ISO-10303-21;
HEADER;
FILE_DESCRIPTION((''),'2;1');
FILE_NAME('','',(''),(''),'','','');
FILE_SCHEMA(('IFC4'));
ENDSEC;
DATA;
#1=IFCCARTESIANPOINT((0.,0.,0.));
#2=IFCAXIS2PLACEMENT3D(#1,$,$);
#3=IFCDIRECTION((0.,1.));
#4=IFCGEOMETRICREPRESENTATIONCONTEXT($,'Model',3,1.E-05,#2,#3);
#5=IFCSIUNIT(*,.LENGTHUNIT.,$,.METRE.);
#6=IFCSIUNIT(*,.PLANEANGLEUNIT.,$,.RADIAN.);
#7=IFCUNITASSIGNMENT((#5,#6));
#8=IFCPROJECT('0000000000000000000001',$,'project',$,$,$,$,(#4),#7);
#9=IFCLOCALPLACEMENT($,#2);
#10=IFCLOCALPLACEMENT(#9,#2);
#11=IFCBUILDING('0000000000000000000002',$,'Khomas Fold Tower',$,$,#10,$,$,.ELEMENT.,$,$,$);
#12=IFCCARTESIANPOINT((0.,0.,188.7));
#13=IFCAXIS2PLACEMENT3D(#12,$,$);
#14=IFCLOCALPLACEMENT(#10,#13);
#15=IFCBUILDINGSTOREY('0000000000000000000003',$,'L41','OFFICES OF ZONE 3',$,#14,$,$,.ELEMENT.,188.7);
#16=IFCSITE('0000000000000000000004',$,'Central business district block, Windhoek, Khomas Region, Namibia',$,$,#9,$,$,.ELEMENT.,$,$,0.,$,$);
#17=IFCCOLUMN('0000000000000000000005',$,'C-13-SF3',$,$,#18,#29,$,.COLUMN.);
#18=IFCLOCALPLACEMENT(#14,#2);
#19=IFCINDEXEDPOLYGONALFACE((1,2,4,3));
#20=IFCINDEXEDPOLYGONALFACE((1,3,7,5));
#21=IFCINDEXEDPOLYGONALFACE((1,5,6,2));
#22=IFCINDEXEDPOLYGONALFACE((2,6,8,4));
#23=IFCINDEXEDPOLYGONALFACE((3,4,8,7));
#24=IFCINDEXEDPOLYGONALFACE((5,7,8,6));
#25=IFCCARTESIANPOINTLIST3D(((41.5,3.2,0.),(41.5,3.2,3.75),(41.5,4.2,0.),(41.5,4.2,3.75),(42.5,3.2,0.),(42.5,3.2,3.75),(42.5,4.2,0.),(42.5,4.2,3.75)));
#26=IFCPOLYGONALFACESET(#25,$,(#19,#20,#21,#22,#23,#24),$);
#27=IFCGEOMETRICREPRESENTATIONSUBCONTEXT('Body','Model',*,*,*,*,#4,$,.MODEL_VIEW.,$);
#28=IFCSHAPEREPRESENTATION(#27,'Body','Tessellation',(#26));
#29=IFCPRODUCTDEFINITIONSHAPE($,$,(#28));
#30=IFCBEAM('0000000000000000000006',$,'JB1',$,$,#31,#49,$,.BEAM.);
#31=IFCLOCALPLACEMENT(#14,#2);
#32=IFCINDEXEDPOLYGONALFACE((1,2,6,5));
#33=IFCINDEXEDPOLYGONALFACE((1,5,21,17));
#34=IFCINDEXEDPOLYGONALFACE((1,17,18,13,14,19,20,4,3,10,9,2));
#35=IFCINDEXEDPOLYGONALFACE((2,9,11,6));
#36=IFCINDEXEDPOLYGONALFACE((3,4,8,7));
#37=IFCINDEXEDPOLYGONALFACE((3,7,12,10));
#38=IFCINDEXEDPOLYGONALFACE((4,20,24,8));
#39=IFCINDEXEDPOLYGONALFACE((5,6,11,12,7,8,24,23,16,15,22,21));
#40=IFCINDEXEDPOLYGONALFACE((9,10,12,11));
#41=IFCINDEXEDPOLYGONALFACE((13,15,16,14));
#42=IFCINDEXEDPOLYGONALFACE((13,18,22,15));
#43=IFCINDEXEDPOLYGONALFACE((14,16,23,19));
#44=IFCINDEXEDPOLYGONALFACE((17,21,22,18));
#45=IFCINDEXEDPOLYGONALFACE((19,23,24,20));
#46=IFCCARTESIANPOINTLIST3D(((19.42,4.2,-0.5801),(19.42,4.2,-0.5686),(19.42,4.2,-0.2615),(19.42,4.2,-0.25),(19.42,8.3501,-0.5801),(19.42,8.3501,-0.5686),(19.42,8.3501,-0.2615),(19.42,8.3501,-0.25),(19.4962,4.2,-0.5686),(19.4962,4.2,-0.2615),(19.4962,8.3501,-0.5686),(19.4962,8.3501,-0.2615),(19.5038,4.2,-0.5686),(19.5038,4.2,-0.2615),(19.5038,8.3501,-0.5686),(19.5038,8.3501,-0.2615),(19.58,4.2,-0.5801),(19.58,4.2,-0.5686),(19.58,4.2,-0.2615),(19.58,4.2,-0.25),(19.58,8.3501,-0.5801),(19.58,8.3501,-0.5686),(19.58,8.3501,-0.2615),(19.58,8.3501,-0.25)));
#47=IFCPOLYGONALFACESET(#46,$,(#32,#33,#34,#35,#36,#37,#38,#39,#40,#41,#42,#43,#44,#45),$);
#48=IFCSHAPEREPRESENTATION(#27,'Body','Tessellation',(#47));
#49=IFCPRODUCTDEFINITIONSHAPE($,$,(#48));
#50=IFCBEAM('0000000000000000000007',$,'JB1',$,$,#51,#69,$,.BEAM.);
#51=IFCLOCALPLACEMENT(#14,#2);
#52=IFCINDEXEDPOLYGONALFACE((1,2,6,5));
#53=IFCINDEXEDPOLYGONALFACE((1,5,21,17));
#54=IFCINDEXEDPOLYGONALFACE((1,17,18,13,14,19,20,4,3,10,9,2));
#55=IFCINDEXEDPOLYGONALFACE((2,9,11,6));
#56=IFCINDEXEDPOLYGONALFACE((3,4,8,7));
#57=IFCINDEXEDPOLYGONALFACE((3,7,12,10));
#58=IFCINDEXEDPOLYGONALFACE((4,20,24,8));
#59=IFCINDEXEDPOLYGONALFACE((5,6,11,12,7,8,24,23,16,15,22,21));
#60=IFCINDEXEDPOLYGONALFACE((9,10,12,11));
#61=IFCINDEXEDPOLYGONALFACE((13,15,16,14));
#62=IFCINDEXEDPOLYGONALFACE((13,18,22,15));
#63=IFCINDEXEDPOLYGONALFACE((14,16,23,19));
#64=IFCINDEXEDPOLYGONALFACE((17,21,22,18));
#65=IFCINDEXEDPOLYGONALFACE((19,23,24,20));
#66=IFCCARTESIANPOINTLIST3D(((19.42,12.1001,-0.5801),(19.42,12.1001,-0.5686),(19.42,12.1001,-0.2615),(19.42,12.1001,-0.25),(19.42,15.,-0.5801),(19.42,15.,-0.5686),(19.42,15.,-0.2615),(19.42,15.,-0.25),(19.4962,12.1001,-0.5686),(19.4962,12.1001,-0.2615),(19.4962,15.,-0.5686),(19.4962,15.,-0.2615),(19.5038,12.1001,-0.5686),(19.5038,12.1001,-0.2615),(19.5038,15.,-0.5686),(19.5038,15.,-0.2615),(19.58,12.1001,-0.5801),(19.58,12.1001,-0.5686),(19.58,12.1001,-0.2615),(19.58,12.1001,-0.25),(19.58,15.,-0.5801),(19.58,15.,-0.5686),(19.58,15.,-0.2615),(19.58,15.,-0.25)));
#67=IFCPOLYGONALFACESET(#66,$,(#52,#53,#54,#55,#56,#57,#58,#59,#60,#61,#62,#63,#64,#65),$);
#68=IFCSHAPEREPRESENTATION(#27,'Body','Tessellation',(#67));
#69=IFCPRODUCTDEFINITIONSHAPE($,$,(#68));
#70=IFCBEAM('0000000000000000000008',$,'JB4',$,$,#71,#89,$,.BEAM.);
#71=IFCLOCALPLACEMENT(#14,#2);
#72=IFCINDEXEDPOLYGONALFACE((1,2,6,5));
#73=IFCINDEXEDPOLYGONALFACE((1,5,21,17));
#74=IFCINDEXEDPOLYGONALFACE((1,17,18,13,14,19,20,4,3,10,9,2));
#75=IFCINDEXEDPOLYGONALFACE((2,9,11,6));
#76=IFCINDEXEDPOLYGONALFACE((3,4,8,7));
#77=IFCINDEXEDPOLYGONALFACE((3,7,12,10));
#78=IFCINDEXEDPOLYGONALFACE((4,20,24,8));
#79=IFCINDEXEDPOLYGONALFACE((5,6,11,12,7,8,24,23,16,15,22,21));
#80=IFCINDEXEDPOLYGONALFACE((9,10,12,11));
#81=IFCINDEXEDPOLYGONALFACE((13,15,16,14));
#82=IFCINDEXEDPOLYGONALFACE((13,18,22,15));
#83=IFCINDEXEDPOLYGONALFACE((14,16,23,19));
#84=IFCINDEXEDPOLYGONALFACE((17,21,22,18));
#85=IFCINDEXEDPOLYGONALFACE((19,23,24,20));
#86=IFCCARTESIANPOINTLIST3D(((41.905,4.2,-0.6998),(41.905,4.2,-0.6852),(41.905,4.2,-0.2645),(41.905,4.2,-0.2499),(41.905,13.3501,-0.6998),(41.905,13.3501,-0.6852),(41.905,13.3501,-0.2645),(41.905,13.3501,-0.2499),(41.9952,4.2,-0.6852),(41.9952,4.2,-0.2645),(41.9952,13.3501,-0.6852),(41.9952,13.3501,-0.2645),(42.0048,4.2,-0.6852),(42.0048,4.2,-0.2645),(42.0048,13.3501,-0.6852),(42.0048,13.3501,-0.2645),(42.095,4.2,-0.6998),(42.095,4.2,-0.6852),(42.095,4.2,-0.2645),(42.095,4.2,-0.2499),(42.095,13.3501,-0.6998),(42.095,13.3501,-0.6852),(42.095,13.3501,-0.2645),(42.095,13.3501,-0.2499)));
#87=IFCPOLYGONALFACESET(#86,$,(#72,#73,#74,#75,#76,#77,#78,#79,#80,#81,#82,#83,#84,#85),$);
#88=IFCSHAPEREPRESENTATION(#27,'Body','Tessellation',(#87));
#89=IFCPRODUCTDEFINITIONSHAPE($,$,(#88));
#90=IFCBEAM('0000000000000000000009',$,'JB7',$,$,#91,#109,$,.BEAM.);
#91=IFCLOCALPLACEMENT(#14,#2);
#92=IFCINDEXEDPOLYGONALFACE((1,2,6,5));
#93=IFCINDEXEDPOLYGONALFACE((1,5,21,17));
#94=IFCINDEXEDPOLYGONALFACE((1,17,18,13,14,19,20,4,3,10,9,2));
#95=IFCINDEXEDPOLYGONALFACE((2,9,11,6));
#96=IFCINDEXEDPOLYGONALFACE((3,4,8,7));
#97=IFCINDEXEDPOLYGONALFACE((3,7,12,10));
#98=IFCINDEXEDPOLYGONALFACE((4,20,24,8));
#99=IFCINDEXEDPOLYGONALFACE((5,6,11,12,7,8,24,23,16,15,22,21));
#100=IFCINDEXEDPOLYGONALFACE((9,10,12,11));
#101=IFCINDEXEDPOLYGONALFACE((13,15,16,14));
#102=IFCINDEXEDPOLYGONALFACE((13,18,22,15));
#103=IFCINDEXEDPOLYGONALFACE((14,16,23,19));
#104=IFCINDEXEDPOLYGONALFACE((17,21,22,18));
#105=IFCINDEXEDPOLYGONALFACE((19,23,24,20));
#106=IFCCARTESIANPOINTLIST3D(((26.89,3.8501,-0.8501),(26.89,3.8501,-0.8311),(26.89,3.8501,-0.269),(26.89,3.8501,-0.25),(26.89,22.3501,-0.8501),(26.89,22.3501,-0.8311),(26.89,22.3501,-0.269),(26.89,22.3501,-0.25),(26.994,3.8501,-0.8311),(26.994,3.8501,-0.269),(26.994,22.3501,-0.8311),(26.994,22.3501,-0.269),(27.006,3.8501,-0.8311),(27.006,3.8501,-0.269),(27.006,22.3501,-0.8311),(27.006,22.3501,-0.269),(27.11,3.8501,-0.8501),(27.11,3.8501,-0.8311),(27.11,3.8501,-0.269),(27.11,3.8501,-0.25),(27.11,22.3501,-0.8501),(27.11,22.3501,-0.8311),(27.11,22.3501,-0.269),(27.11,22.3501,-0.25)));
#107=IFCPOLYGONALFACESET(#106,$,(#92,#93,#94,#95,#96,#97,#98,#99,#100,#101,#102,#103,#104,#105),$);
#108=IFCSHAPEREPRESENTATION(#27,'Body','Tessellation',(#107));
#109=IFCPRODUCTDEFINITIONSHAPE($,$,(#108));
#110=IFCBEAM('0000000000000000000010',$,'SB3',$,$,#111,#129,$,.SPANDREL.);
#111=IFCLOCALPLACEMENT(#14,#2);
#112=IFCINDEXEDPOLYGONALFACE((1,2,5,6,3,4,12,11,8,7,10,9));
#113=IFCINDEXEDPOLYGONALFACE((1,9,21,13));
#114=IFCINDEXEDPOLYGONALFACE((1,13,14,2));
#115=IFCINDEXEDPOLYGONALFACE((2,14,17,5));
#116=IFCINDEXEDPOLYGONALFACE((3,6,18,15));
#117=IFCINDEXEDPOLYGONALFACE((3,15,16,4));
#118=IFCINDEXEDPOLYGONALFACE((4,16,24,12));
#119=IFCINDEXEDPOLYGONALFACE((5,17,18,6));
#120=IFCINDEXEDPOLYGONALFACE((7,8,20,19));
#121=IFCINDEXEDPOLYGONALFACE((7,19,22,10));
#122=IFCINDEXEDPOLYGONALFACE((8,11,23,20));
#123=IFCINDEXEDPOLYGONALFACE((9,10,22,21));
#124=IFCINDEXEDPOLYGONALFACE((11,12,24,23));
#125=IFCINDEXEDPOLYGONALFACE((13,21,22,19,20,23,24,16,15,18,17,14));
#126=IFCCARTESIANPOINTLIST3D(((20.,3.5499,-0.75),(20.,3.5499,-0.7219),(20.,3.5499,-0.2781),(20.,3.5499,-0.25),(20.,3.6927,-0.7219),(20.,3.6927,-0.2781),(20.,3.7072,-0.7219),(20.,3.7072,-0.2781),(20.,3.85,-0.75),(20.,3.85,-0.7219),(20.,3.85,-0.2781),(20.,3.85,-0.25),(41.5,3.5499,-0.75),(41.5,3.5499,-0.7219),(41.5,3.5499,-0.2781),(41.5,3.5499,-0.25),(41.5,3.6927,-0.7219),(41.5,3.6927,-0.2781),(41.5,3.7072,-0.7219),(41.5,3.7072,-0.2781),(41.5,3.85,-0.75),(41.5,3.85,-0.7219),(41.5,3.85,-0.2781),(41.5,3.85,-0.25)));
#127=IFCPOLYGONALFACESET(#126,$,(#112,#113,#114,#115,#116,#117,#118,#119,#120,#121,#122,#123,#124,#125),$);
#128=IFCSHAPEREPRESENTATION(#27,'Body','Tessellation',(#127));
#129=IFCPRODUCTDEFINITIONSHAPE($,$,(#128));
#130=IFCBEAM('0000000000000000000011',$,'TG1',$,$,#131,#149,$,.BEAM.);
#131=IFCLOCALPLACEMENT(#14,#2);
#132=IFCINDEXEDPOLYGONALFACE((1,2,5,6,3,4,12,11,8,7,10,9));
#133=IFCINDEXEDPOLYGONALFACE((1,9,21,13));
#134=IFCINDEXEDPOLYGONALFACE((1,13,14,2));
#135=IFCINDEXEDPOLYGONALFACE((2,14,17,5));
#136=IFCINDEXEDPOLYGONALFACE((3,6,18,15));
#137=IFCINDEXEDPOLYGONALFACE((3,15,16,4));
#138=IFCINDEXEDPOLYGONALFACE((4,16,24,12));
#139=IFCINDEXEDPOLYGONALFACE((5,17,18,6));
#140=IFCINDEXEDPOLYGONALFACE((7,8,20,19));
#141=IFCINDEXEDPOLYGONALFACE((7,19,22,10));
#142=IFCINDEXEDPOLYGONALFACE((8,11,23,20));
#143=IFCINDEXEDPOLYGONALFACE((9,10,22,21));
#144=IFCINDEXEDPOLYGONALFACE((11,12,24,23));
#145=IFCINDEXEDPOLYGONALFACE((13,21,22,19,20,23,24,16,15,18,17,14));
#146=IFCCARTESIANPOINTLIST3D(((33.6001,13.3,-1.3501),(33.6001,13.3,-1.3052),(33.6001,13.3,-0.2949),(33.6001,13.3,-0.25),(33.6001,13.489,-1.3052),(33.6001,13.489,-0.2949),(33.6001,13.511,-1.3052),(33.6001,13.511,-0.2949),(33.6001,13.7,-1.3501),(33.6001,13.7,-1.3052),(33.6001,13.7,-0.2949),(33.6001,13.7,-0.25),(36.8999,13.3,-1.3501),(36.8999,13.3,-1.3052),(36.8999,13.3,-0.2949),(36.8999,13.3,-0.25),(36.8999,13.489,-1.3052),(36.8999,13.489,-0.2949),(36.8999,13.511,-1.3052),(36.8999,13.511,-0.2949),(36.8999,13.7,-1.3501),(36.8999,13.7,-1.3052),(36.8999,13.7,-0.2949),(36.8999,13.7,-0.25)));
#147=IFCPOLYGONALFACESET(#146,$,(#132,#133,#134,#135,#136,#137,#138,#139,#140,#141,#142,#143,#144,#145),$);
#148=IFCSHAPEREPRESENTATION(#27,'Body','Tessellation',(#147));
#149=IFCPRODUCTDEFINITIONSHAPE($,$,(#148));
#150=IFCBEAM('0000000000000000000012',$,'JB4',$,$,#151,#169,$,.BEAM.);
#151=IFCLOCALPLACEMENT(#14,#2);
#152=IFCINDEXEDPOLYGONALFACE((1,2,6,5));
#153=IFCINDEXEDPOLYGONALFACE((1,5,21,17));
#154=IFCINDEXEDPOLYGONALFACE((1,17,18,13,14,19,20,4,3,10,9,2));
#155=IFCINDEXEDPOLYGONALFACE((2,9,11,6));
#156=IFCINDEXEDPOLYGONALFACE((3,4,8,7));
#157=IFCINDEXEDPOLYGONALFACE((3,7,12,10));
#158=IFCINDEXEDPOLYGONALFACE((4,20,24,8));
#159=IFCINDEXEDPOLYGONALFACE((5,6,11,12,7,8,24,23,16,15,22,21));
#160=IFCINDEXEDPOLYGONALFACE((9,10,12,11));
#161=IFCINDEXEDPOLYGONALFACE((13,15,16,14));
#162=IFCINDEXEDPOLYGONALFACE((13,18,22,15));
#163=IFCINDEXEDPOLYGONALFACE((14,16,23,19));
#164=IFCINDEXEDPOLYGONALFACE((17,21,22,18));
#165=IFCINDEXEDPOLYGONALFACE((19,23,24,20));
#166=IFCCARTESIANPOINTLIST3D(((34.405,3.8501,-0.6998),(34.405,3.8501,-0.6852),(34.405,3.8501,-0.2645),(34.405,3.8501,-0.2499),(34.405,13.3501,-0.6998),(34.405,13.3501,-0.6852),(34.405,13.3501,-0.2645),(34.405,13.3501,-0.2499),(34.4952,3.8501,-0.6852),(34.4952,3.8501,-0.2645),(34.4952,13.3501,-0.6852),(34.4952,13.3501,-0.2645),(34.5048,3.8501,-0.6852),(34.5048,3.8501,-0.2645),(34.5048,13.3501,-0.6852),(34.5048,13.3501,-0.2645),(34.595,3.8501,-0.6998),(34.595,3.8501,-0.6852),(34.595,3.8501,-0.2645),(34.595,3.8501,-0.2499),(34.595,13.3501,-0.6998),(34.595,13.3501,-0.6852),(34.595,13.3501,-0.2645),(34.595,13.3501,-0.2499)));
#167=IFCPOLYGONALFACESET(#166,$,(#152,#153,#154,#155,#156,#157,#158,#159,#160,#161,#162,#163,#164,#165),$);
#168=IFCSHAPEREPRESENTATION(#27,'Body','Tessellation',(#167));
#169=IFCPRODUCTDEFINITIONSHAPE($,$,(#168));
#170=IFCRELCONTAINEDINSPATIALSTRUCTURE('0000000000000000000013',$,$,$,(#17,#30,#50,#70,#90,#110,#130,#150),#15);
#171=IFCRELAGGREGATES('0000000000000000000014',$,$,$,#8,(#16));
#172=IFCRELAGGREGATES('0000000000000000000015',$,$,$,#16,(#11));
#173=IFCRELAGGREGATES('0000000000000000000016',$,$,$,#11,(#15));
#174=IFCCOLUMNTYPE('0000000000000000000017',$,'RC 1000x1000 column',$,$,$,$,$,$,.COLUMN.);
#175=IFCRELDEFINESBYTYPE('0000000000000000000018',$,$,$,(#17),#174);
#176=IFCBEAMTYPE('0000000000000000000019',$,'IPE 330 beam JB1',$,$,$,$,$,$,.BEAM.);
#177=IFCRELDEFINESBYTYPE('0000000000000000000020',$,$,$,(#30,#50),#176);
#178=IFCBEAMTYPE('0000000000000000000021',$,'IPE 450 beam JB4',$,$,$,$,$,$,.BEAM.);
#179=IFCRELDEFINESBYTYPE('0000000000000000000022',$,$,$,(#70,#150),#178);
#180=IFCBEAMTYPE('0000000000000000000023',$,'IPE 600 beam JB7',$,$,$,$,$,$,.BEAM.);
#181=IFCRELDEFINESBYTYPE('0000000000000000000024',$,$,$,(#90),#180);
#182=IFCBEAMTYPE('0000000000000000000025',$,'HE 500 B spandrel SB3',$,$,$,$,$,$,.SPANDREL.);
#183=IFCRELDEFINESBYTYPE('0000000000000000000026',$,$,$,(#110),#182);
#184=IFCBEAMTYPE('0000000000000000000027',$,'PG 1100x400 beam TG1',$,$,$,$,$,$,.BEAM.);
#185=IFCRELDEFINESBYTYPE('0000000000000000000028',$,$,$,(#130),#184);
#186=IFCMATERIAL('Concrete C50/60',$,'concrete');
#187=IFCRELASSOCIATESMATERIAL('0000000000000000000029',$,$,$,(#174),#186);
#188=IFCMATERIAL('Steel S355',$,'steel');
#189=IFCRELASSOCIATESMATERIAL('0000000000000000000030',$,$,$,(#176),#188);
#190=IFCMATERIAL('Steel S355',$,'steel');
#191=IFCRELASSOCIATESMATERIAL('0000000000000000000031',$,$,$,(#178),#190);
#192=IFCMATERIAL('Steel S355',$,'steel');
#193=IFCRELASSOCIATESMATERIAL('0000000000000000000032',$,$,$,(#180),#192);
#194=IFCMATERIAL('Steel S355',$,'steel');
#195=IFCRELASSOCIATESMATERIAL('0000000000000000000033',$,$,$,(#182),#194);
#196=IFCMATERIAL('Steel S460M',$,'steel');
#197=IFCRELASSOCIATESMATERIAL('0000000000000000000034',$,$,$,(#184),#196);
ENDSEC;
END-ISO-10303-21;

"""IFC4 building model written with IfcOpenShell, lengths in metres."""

from ifc_helpers import new_model, si_unit, direction, frame, origin, origin_2d, place, context, subcontext, project, spatial, rectangle, i_section, extrude, source, transform, mapped, material, material_profile, profile_set, type_object, element, save


model = new_model("IFC4")

# Units and contexts
model_context = context("Model", 3, precision=1e-05, world=origin(), true_north=direction((0.0, 1.0)))
body_context = subcontext(model_context, "Body", "Model", "MODEL_VIEW")
ifc_project = project(units=[si_unit("LENGTHUNIT", "METRE"), si_unit("PLANEANGLEUNIT", "RADIAN")], contexts=[model_context])

# Site, building, storey
site_placement = place(None, origin())
site = spatial("IfcSite", under=ifc_project, at=site_placement, Name="Central business district block, Windhoek, Khomas Region, Namibia", CompositionType="ELEMENT", RefElevation=0.0)
building_placement = place(site_placement, origin())
building = spatial("IfcBuilding", under=site, at=building_placement, Name="Khomas Fold Tower", CompositionType="ELEMENT")
storey_placement = place(building_placement, frame((0.0, 0.0, 188.7)))
storey = spatial("IfcBuildingStorey", under=building, at=storey_placement, Name="L41", Description="OFFICES OF ZONE 3", CompositionType="ELEMENT", Elevation=188.7)

# Column
ifc_material_1 = material(Name="Concrete C50/60", Category="concrete")
ifc_material_profile_1 = material_profile(ifc_material_1, rectangle(XDim=1.0, YDim=1.0, at=origin_2d()), Name="RC 1000x1000")
ifc_profile_set_1 = profile_set([ifc_material_profile_1], Name="Concrete C50/60")
column_type = type_object("IfcColumnType", Name="RC 1000x1000 column", PredefinedType="COLUMN", material=ifc_profile_set_1)
shared_shape_1 = source(origin(), body_context, "Body", "SweptSolid", [
    extrude(rectangle(XDim=1.0, YDim=1.0, at=origin_2d()), origin(), (0.0, 0.0, 1.0), 3.75),
])
column_placement = place(storey_placement, frame((42.0, 3.7, 0.0), z_axis=(0.0, 0.0, 1.0), x_axis=(1.0, 0.0, 0.0)))
element("IfcColumn", 1, at=column_placement, inside=storey, type_object=column_type, Name="C-13-SF3", PredefinedType="COLUMN", context=body_context, shape_type="MappedRepresentation", body=[
    mapped(shared_shape_1, transform((0.0, 0.0, 0.0))),
])

# Beams
ifc_material_2 = material(Name="Steel S355", Category="steel")
ifc_material_profile_2 = material_profile(ifc_material_2, i_section(OverallWidth=0.1599, OverallDepth=0.3301, WebThickness=0.0076, FlangeThickness=0.0115, at=origin_2d()), Name="IPE 330")
ifc_profile_set_2 = profile_set([ifc_material_profile_2], Name="Steel S355")
beam_type_1 = type_object("IfcBeamType", Name="IPE 330 beam JB1", PredefinedType="BEAM", material=ifc_profile_set_2)
shared_shape_2 = source(origin(), body_context, "Body", "SweptSolid", [
    extrude(i_section(OverallWidth=0.1599, OverallDepth=0.3301, WebThickness=0.0076, FlangeThickness=0.0115, at=origin_2d()), origin(), (0.0, 0.0, 1.0), 4.1501),
])
beam_1_placement = place(storey_placement, frame((19.5, 4.2, -0.415), z_axis=(0.0, 1.0, 0.0), x_axis=(-1.0, 0.0, 0.0)))
element("IfcBeam", 2, at=beam_1_placement, inside=storey, type_object=beam_type_1, Name="JB1", PredefinedType="BEAM", context=body_context, shape_type="MappedRepresentation", body=[
    mapped(shared_shape_2, transform((0.0, 0.0, 0.0))),
])
shared_shape_3 = source(origin(), body_context, "Body", "SweptSolid", [
    extrude(i_section(OverallWidth=0.1599, OverallDepth=0.3301, WebThickness=0.0076, FlangeThickness=0.0115, at=origin_2d()), origin(), (0.0, 0.0, 1.0), 2.8999),
])
beam_2_placement = place(storey_placement, frame((19.5, 12.1001, -0.415), z_axis=(0.0, 1.0, 0.0), x_axis=(-1.0, 0.0, 0.0)))
element("IfcBeam", 3, at=beam_2_placement, inside=storey, type_object=beam_type_1, Name="JB1", PredefinedType="BEAM", context=body_context, shape_type="MappedRepresentation", body=[
    mapped(shared_shape_3, transform((0.0, 0.0, 0.0))),
])
ifc_material_3 = material(Name="Steel S355", Category="steel")
ifc_material_profile_3 = material_profile(ifc_material_3, i_section(OverallWidth=0.1899, OverallDepth=0.45, WebThickness=0.0095, FlangeThickness=0.0146, at=origin_2d()), Name="IPE 450")
ifc_profile_set_3 = profile_set([ifc_material_profile_3], Name="Steel S355")
beam_type_2 = type_object("IfcBeamType", Name="IPE 450 beam JB4", PredefinedType="BEAM", material=ifc_profile_set_3)
shared_shape_4 = source(origin(), body_context, "Body", "SweptSolid", [
    extrude(i_section(OverallWidth=0.1899, OverallDepth=0.45, WebThickness=0.0095, FlangeThickness=0.0146, at=origin_2d()), origin(), (0.0, 0.0, 1.0), 9.1501),
])
beam_3_placement = place(storey_placement, frame((42.0, 4.2, -0.4749), z_axis=(0.0, 1.0, 0.0), x_axis=(-1.0, 0.0, 0.0)))
element("IfcBeam", 4, at=beam_3_placement, inside=storey, type_object=beam_type_2, Name="JB4", PredefinedType="BEAM", context=body_context, shape_type="MappedRepresentation", body=[
    mapped(shared_shape_4, transform((0.0, 0.0, 0.0))),
])
ifc_material_4 = material(Name="Steel S355", Category="steel")
ifc_material_profile_4 = material_profile(ifc_material_4, i_section(OverallWidth=0.22, OverallDepth=0.6001, WebThickness=0.012, FlangeThickness=0.019, at=origin_2d()), Name="IPE 600")
ifc_profile_set_4 = profile_set([ifc_material_profile_4], Name="Steel S355")
beam_type_3 = type_object("IfcBeamType", Name="IPE 600 beam JB7", PredefinedType="BEAM", material=ifc_profile_set_4)
shared_shape_5 = source(origin(), body_context, "Body", "SweptSolid", [
    extrude(i_section(OverallWidth=0.22, OverallDepth=0.6001, WebThickness=0.012, FlangeThickness=0.019, at=origin_2d()), origin(), (0.0, 0.0, 1.0), 18.5),
])
beam_4_placement = place(storey_placement, frame((27.0, 3.8501, -0.55), z_axis=(0.0, 1.0, 0.0), x_axis=(-1.0, 0.0, 0.0)))
element("IfcBeam", 5, at=beam_4_placement, inside=storey, type_object=beam_type_3, Name="JB7", PredefinedType="BEAM", context=body_context, shape_type="MappedRepresentation", body=[
    mapped(shared_shape_5, transform((0.0, 0.0, 0.0))),
])
ifc_material_5 = material(Name="Steel S355", Category="steel")
ifc_material_profile_5 = material_profile(ifc_material_5, i_section(OverallWidth=0.3, OverallDepth=0.5, WebThickness=0.0144, FlangeThickness=0.0281, at=origin_2d()), Name="HE 500 B")
ifc_profile_set_5 = profile_set([ifc_material_profile_5], Name="Steel S355")
beam_type_4 = type_object("IfcBeamType", Name="HE 500 B spandrel SB3", PredefinedType="SPANDREL", material=ifc_profile_set_5)
shared_shape_6 = source(origin(), body_context, "Body", "SweptSolid", [
    extrude(i_section(OverallWidth=0.3, OverallDepth=0.5, WebThickness=0.0144, FlangeThickness=0.0281, at=origin_2d()), origin(), (0.0, 0.0, 1.0), 21.5),
])
beam_5_placement = place(storey_placement, frame((20.0, 3.7, -0.5), z_axis=(1.0, 0.0, 0.0), x_axis=(0.0, 1.0, 0.0)))
element("IfcBeam", 6, at=beam_5_placement, inside=storey, type_object=beam_type_4, Name="SB3", PredefinedType="SPANDREL", context=body_context, shape_type="MappedRepresentation", body=[
    mapped(shared_shape_6, transform((0.0, 0.0, 0.0))),
])
ifc_material_6 = material(Name="Steel S460M", Category="steel")
ifc_material_profile_6 = material_profile(ifc_material_6, i_section(OverallWidth=0.3999, OverallDepth=1.1001, WebThickness=0.022, FlangeThickness=0.0449, at=origin_2d()), Name="PG 1100x400")
ifc_profile_set_6 = profile_set([ifc_material_profile_6], Name="Steel S460M")
beam_type_5 = type_object("IfcBeamType", Name="PG 1100x400 beam TG1", PredefinedType="BEAM", material=ifc_profile_set_6)
shared_shape_7 = source(origin(), body_context, "Body", "SweptSolid", [
    extrude(i_section(OverallWidth=0.3999, OverallDepth=1.1001, WebThickness=0.022, FlangeThickness=0.0449, at=origin_2d()), origin(), (0.0, 0.0, 1.0), 3.2998),
])
beam_6_placement = place(storey_placement, frame((33.6001, 13.5, -0.8), z_axis=(1.0, 0.0, 0.0), x_axis=(0.0, 1.0, 0.0)))
element("IfcBeam", 7, at=beam_6_placement, inside=storey, type_object=beam_type_5, Name="TG1", PredefinedType="BEAM", context=body_context, shape_type="MappedRepresentation", body=[
    mapped(shared_shape_7, transform((0.0, 0.0, 0.0))),
])
shared_shape_8 = source(origin(), body_context, "Body", "SweptSolid", [
    extrude(i_section(OverallWidth=0.1899, OverallDepth=0.45, WebThickness=0.0095, FlangeThickness=0.0146, at=origin_2d()), origin(), (0.0, 0.0, 1.0), 9.5),
])
beam_7_placement = place(storey_placement, frame((34.5, 3.8501, -0.4749), z_axis=(0.0, 1.0, 0.0), x_axis=(-1.0, 0.0, 0.0)))
element("IfcBeam", 8, at=beam_7_placement, inside=storey, type_object=beam_type_2, Name="JB4", PredefinedType="BEAM", context=body_context, shape_type="MappedRepresentation", body=[
    mapped(shared_shape_8, transform((0.0, 0.0, 0.0))),
])

save(model, "model.ifc")
